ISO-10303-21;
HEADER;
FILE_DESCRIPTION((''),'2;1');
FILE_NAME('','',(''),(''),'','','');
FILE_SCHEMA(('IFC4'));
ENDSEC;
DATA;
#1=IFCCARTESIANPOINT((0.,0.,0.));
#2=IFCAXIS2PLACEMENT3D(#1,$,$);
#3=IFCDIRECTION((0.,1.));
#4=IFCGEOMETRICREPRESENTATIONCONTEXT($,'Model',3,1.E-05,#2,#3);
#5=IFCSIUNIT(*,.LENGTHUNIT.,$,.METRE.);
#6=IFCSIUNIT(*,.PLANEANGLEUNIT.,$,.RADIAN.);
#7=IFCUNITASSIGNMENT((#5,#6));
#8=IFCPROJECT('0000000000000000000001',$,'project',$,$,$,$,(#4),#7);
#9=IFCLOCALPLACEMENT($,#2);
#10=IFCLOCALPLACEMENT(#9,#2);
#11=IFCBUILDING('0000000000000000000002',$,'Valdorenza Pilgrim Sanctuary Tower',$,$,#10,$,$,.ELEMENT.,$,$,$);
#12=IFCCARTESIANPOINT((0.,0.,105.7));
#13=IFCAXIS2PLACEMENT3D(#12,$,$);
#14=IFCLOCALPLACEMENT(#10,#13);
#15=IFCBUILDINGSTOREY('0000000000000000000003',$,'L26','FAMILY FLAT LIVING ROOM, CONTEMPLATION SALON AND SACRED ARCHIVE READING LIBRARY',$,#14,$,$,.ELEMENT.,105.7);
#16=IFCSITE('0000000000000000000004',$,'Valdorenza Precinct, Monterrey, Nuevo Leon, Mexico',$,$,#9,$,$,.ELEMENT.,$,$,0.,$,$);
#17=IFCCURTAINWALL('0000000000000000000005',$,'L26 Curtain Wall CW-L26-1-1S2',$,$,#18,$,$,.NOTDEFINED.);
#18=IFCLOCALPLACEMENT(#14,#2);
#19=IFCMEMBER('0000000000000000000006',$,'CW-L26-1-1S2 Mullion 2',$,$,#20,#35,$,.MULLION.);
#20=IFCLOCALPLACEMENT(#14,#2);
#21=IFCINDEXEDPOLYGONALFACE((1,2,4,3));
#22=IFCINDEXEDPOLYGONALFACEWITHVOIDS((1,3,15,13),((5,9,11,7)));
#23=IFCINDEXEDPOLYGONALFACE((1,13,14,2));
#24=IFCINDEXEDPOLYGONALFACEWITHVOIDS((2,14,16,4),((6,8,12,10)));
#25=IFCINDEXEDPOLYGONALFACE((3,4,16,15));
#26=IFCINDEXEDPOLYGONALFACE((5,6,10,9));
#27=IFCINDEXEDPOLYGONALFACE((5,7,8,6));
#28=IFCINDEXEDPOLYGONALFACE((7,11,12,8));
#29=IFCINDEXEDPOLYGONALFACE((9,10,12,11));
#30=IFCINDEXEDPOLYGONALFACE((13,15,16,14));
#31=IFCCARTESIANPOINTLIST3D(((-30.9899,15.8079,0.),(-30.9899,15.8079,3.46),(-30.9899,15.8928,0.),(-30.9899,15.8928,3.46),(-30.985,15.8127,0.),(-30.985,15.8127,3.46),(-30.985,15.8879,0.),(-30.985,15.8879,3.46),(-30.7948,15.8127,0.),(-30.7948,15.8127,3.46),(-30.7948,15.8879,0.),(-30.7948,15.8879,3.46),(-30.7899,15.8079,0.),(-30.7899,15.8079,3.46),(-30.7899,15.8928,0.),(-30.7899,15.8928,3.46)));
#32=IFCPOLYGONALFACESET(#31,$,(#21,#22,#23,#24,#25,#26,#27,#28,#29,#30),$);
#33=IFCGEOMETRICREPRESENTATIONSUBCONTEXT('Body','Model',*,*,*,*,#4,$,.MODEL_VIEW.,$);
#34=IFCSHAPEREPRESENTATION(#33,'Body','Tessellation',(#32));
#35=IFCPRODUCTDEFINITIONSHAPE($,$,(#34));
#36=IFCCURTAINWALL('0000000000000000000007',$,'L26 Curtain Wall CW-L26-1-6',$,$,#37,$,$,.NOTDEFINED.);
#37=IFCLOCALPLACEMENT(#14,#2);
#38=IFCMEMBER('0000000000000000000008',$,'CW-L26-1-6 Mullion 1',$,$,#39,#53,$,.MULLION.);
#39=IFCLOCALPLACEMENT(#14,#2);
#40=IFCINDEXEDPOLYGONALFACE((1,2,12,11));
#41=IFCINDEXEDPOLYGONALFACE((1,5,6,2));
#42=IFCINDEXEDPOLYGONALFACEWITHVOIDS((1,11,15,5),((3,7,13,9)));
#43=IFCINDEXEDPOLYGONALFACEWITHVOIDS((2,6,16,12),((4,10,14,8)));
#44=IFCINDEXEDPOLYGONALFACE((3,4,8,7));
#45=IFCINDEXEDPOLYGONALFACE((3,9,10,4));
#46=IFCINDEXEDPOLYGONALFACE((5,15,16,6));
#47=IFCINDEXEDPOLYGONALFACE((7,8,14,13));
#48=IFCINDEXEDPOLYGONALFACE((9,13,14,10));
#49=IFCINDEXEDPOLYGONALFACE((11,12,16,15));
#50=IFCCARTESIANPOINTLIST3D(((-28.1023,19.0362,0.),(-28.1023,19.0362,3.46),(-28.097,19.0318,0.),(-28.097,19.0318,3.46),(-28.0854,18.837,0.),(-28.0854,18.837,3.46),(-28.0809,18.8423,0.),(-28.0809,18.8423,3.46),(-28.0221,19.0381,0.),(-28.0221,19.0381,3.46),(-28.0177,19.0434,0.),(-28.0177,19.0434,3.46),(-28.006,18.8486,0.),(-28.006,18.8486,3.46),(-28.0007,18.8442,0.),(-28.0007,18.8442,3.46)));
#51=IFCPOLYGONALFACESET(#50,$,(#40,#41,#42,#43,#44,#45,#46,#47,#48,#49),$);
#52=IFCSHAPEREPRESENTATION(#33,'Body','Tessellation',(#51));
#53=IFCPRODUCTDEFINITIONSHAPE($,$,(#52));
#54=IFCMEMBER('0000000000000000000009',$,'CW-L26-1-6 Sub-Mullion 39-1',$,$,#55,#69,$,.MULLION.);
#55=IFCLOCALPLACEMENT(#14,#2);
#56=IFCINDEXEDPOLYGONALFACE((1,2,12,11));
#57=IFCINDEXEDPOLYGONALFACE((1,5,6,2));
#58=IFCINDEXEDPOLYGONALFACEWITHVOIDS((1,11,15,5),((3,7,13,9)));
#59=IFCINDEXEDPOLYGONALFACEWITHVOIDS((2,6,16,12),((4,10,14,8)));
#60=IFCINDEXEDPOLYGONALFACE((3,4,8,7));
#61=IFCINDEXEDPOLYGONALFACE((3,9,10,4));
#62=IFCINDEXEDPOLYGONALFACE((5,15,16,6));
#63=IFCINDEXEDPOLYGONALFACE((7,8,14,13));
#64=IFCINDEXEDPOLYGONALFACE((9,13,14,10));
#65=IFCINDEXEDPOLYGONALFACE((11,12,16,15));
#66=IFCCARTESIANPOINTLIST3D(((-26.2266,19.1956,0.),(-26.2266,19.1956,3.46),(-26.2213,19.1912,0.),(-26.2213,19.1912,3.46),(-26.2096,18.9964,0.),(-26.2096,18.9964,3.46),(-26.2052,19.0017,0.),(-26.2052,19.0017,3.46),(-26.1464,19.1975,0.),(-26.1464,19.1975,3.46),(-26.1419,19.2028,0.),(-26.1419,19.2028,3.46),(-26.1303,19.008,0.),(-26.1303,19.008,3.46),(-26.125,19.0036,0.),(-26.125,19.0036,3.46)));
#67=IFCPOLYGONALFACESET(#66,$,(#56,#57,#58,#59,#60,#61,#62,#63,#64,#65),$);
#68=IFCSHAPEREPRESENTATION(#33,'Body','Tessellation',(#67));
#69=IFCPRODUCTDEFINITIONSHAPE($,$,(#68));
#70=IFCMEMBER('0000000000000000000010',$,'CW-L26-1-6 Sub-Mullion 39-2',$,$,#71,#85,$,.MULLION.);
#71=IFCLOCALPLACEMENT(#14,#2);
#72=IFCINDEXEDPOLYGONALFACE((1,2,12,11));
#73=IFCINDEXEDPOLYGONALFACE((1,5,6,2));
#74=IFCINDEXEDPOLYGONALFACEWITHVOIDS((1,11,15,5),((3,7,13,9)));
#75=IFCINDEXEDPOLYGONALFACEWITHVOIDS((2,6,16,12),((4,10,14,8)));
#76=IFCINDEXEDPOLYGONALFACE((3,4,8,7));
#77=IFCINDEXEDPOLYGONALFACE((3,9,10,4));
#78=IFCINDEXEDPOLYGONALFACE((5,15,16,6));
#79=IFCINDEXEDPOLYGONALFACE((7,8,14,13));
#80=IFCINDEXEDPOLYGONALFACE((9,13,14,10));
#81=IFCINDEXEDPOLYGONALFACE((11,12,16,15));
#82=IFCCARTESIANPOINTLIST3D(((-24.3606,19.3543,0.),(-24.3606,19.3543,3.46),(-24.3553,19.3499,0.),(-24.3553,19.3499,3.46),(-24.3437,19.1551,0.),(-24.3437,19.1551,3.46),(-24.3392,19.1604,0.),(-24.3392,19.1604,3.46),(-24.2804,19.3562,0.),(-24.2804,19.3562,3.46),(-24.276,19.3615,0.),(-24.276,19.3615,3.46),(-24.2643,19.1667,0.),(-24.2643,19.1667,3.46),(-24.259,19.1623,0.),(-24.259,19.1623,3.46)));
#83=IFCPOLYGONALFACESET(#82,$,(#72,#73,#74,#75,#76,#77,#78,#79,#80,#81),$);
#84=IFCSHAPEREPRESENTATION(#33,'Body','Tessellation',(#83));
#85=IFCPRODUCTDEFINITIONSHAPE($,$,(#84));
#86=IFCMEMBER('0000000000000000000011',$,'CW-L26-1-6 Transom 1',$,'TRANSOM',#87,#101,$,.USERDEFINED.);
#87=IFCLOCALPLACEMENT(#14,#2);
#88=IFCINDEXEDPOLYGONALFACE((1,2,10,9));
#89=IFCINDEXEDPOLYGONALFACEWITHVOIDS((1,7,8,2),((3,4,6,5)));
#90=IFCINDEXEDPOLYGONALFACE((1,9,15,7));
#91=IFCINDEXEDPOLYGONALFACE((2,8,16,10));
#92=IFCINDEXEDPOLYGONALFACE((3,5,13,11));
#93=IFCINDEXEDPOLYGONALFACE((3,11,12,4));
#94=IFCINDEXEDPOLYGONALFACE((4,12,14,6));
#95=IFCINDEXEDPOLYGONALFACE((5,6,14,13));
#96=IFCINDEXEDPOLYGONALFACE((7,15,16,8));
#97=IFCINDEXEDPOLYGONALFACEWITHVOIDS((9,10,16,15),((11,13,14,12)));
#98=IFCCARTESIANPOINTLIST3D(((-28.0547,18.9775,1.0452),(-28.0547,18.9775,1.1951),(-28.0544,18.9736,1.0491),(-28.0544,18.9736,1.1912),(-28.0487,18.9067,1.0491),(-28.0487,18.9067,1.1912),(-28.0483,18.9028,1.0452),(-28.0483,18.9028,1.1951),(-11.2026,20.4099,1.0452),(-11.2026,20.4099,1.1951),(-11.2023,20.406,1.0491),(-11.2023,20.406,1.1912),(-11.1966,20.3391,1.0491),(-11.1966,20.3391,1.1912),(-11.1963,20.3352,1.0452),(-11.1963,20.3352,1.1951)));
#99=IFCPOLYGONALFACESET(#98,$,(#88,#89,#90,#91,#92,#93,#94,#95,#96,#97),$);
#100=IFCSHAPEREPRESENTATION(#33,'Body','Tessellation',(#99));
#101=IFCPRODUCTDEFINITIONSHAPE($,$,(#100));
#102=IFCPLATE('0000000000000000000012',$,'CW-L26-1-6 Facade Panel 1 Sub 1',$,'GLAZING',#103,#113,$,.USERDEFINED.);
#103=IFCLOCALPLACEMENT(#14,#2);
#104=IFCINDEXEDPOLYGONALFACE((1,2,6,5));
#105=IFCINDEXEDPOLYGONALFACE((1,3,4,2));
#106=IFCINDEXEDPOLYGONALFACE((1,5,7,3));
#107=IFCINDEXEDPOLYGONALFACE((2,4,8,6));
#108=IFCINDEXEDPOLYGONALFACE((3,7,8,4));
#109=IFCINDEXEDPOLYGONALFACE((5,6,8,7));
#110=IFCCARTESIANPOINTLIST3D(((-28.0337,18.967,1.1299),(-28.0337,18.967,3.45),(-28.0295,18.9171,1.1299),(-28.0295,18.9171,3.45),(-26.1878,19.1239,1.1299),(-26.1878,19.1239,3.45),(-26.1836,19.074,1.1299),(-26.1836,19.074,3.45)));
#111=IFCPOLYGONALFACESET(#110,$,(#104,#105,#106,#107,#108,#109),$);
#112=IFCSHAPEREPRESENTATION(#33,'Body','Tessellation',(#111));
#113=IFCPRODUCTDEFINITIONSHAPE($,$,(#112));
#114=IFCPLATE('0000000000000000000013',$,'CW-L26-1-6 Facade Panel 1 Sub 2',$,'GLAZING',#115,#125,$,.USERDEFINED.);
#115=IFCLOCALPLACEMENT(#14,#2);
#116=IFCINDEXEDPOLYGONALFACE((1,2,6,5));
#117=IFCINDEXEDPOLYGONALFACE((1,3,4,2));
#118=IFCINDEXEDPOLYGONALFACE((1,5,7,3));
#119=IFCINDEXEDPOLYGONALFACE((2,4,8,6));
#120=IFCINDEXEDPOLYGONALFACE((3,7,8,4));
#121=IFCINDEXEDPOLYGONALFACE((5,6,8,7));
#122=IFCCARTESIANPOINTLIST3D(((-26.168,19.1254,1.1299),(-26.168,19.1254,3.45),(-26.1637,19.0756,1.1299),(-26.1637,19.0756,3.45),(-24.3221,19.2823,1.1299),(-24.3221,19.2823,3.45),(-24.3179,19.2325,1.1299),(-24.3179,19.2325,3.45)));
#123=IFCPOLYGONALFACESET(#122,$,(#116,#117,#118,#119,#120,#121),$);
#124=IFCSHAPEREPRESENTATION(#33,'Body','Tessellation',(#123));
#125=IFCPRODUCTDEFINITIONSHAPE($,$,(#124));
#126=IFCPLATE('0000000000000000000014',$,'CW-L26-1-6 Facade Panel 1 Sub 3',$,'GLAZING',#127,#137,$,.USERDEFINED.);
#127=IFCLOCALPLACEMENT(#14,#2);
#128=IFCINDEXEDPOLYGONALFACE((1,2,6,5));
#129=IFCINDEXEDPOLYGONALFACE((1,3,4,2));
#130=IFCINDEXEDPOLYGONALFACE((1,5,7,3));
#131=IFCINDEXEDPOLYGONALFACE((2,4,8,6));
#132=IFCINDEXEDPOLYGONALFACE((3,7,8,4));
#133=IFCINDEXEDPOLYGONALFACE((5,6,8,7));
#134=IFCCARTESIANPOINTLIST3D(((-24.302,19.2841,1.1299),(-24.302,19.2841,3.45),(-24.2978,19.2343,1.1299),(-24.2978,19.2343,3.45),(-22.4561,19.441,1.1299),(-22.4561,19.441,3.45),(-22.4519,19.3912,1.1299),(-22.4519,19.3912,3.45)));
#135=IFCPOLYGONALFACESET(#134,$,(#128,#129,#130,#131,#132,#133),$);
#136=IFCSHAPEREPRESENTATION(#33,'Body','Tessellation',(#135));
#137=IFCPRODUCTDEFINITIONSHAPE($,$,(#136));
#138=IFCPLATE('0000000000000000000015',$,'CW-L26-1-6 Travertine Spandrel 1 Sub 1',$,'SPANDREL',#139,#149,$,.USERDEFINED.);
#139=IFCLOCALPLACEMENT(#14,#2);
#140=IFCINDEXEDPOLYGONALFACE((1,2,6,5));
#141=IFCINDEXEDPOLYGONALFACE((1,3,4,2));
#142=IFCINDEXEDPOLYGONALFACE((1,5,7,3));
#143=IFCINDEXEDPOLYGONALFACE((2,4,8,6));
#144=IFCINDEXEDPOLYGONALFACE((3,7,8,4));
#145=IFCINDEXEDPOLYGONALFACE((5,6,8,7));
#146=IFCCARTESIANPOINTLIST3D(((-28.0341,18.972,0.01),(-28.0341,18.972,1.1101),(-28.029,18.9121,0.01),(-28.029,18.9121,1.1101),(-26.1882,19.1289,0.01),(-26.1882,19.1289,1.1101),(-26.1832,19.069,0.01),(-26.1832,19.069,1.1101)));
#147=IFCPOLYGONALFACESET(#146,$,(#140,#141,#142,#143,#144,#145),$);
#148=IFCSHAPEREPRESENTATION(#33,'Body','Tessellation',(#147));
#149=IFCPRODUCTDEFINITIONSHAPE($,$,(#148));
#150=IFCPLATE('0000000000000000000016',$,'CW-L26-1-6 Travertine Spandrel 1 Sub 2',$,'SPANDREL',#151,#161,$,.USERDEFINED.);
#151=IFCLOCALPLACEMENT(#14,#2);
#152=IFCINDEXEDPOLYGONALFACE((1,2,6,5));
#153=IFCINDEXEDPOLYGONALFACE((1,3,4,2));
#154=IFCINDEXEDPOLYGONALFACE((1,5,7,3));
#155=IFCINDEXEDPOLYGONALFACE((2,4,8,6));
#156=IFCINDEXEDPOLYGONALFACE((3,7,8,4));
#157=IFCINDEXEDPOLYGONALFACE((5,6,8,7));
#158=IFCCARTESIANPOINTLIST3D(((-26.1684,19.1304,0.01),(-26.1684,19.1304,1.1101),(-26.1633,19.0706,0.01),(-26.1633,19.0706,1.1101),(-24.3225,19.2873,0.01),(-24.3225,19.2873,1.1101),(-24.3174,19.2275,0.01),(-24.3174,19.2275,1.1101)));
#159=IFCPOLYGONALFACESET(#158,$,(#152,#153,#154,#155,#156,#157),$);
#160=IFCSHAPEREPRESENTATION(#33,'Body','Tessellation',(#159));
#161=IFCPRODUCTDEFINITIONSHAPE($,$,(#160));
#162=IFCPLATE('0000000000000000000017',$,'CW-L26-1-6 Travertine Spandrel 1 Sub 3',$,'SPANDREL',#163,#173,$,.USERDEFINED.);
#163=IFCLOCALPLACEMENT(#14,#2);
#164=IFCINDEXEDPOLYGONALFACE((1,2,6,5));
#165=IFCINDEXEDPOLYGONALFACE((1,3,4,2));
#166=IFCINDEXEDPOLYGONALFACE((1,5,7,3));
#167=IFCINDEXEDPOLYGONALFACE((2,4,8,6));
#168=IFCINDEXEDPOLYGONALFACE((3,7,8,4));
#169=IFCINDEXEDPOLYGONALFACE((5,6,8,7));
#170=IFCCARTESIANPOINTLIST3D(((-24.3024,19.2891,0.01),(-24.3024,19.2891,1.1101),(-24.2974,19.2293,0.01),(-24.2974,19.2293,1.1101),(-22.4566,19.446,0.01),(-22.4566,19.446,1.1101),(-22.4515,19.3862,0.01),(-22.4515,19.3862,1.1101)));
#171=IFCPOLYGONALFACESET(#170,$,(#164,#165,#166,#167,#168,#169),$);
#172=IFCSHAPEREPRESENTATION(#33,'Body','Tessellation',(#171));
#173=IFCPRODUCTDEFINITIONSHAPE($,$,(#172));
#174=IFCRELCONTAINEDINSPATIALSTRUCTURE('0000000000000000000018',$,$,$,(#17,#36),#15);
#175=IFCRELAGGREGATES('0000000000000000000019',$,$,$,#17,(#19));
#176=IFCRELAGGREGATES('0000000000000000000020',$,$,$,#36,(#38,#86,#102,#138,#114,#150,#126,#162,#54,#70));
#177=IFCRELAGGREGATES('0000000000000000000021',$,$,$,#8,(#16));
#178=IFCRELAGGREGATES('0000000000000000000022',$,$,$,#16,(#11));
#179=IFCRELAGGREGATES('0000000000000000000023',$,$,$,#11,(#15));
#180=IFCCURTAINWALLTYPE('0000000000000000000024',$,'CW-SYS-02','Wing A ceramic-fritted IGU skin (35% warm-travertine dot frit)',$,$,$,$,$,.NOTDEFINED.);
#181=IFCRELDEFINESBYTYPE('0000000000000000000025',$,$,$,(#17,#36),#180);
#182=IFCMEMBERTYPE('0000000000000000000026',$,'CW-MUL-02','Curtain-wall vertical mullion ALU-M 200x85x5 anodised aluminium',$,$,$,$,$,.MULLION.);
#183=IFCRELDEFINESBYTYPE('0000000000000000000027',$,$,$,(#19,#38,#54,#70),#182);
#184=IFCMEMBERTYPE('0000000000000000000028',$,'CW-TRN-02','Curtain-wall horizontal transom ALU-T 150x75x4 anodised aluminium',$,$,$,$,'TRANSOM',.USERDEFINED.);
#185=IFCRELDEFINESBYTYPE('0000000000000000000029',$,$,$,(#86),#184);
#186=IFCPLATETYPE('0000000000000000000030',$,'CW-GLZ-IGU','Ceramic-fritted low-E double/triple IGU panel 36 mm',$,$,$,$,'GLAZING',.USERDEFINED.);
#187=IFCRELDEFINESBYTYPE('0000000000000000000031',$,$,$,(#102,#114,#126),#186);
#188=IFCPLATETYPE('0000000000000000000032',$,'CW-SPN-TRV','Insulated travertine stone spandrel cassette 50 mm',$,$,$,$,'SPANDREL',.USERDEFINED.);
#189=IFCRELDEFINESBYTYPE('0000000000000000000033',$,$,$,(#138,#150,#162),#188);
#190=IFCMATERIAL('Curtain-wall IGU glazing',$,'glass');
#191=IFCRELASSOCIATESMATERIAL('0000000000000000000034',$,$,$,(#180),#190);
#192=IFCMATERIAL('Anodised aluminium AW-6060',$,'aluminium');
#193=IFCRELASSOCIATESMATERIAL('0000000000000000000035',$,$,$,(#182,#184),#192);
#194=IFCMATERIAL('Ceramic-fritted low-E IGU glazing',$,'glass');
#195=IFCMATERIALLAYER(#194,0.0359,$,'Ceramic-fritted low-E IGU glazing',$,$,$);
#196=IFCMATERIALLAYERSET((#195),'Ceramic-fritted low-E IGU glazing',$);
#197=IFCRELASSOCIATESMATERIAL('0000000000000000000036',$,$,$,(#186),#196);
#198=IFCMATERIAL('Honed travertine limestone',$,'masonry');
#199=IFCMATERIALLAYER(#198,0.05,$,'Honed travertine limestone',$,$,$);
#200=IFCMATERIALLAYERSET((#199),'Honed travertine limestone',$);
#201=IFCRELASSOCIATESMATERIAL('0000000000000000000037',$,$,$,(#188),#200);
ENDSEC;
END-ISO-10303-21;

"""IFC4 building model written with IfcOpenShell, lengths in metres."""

from ifc_helpers import new_model, si_unit, direction, frame, origin, origin_2d, place, context, subcontext, project, spatial, rectangle, hollow_rectangle, extrude, source, transform, mapped, material, layer, layer_set, material_profile, profile_set, type_object, element, aggregate, save


model = new_model("IFC4")

# Units and contexts
model_context = context("Model", 3, precision=1e-05, world=origin(), true_north=direction((0.0, 1.0)))
body_context = subcontext(model_context, "Body", "Model", "MODEL_VIEW")
ifc_project = project(units=[si_unit("LENGTHUNIT", "METRE"), si_unit("PLANEANGLEUNIT", "RADIAN")], contexts=[model_context])

# Site, building, storey
site_placement = place(None, origin())
site = spatial("IfcSite", under=ifc_project, at=site_placement, Name="Valdorenza Precinct, Monterrey, Nuevo Leon, Mexico", CompositionType="ELEMENT", RefElevation=0.0)
building_placement = place(site_placement, origin())
building = spatial("IfcBuilding", under=site, at=building_placement, Name="Valdorenza Pilgrim Sanctuary Tower", CompositionType="ELEMENT")
storey_placement = place(building_placement, frame((0.0, 0.0, 105.7)))
storey = spatial("IfcBuildingStorey", under=building, at=storey_placement, Name="L26", Description="FAMILY FLAT LIVING ROOM, CONTEMPLATION SALON AND SACRED ARCHIVE READING LIBRARY", CompositionType="ELEMENT", Elevation=105.7)

# Curtain wall, member
ifc_material_1 = material(Name="Curtain-wall IGU glazing", Category="glass")
curtain_wall_type = type_object("IfcCurtainWallType", Name="CW-SYS-02", Description="Wing A ceramic-fritted IGU skin (35% warm-travertine dot frit)", PredefinedType="NOTDEFINED", material=ifc_material_1)
curtain_wall_1_placement = place(storey_placement, origin())
curtain_wall_1 = element("IfcCurtainWall", 1, at=curtain_wall_1_placement, inside=storey, type_object=curtain_wall_type, Name="L26 Curtain Wall CW-L26-1-1S2", PredefinedType="NOTDEFINED")
ifc_material_2 = material(Name="Anodised aluminium AW-6060", Category="aluminium")
ifc_material_profile_1 = material_profile(ifc_material_2, hollow_rectangle(XDim=0.085, YDim=0.2, WallThickness=0.0049, at=origin_2d()), Name="ALU-M 200x85x5")
ifc_profile_set_1 = profile_set([ifc_material_profile_1], Name="Anodised aluminium AW-6060")
member_type_1 = type_object("IfcMemberType", Name="CW-MUL-02", Description="Curtain-wall vertical mullion ALU-M 200x85x5 anodised aluminium", PredefinedType="MULLION", material=ifc_profile_set_1)
shared_shape_1 = source(origin(), body_context, "Body", "SweptSolid", [
    extrude(hollow_rectangle(XDim=0.085, YDim=0.2, WallThickness=0.0049, at=origin_2d()), origin(), (0.0, 0.0, 1.0), 3.46),
])
member_1_placement = place(storey_placement, frame((-30.8899, 15.8503, 0.0), z_axis=(0.0, 0.0, 1.0), x_axis=(0.0, 1.0, 0.0)))
member_1 = element("IfcMember", 2, at=member_1_placement, type_object=member_type_1, Name="CW-L26-1-1S2 Mullion 2", PredefinedType="MULLION", context=body_context, shape_type="MappedRepresentation", body=[
    mapped(shared_shape_1, transform((0.0, 0.0, 0.0), x_axis=(1.0, 0.0, 0.0), y_axis=(0.0, 1.0, 0.0), z_axis=(0.0, 0.0, 1.0), scale=1.0)),
])
aggregate(curtain_wall_1, [member_1])

# Curtain wall, members, plates
curtain_wall_2_placement = place(storey_placement, origin())
curtain_wall_2 = element("IfcCurtainWall", 3, at=curtain_wall_2_placement, inside=storey, type_object=curtain_wall_type, Name="L26 Curtain Wall CW-L26-1-6", PredefinedType="NOTDEFINED")
member_2_placement = place(storey_placement, frame((-28.0515, 18.9402, 0.0), z_axis=(0.0, 0.0, 1.0), x_axis=(0.996408, 0.084687, 0.0)))
member_2 = element("IfcMember", 4, at=member_2_placement, type_object=member_type_1, Name="CW-L26-1-6 Mullion 1", PredefinedType="MULLION", context=body_context, shape_type="MappedRepresentation", body=[
    mapped(shared_shape_1, transform((0.0, 0.0, 0.0), x_axis=(1.0, 0.0, 0.0), y_axis=(0.0, 1.0, 0.0), z_axis=(0.0, 0.0, 1.0), scale=1.0)),
])
member_3_placement = place(storey_placement, frame((-26.1758, 19.0996, 0.0), z_axis=(0.0, 0.0, 1.0), x_axis=(0.996408, 0.084687, 0.0)))
member_3 = element("IfcMember", 5, at=member_3_placement, type_object=member_type_1, Name="CW-L26-1-6 Sub-Mullion 39-1", PredefinedType="MULLION", context=body_context, shape_type="MappedRepresentation", body=[
    mapped(shared_shape_1, transform((0.0, 0.0, 0.0), x_axis=(1.0, 0.0, 0.0), y_axis=(0.0, 1.0, 0.0), z_axis=(0.0, 0.0, 1.0), scale=1.0)),
])
member_4_placement = place(storey_placement, frame((-24.3098, 19.2583, 0.0), z_axis=(0.0, 0.0, 1.0), x_axis=(0.996408, 0.084687, 0.0)))
member_4 = element("IfcMember", 6, at=member_4_placement, type_object=member_type_1, Name="CW-L26-1-6 Sub-Mullion 39-2", PredefinedType="MULLION", context=body_context, shape_type="MappedRepresentation", body=[
    mapped(shared_shape_1, transform((0.0, 0.0, 0.0), x_axis=(1.0, 0.0, 0.0), y_axis=(0.0, 1.0, 0.0), z_axis=(0.0, 0.0, 1.0), scale=1.0)),
])
ifc_material_profile_2 = material_profile(ifc_material_2, hollow_rectangle(XDim=0.075, YDim=0.1499, WallThickness=0.0039, at=origin_2d()), Name="ALU-T 150x75x4")
ifc_profile_set_2 = profile_set([ifc_material_profile_2], Name="Anodised aluminium AW-6060")
member_type_2 = type_object("IfcMemberType", Name="CW-TRN-02", Description="Curtain-wall horizontal transom ALU-T 150x75x4 anodised aluminium", ElementType="TRANSOM", PredefinedType="USERDEFINED", material=ifc_profile_set_2)
shared_shape_2 = source(origin(), body_context, "Body", "SweptSolid", [
    extrude(hollow_rectangle(XDim=0.075, YDim=0.1499, WallThickness=0.0039, at=origin_2d()), origin(), (0.0, 0.0, 1.0), 16.9128),
])
member_5_placement = place(storey_placement, frame((-28.0515, 18.9402, 1.1201), z_axis=(0.996407, 0.084692, 0.0), x_axis=(-0.084692, 0.996407, 0.0)))
member_5 = element("IfcMember", 7, at=member_5_placement, type_object=member_type_2, Name="CW-L26-1-6 Transom 1", ObjectType="TRANSOM", PredefinedType="USERDEFINED", context=body_context, shape_type="MappedRepresentation", body=[
    mapped(shared_shape_2, transform((0.0, 0.0, 0.0), x_axis=(1.0, 0.0, 0.0), y_axis=(0.0, 1.0, 0.0), z_axis=(0.0, 0.0, 1.0), scale=1.0)),
])
ifc_material_3 = material(Name="Ceramic-fritted low-E IGU glazing", Category="glass")
ifc_layer_1 = layer(ifc_material_3, 0.0359, Name="Ceramic-fritted low-E IGU glazing")
ifc_layer_set_1 = layer_set([ifc_layer_1], Name="Ceramic-fritted low-E IGU glazing")
plate_type_1 = type_object("IfcPlateType", Name="CW-GLZ-IGU", Description="Ceramic-fritted low-E double/triple IGU panel 36 mm", ElementType="GLAZING", PredefinedType="USERDEFINED", material=ifc_layer_set_1)
shared_shape_3 = source(origin(), body_context, "Body", "SweptSolid", [
    extrude(rectangle(XDim=1.8525, YDim=0.05, at=origin_2d()), origin(), (0.0, 0.0, 1.0), 2.3201),
])
plate_1_placement = place(storey_placement, frame((-27.1086, 19.0205, 1.1299), z_axis=(0.0, 0.0, 1.0), x_axis=(0.996408, 0.084687, 0.0)))
plate_1 = element("IfcPlate", 8, at=plate_1_placement, type_object=plate_type_1, Name="CW-L26-1-6 Facade Panel 1 Sub 1", ObjectType="GLAZING", PredefinedType="USERDEFINED", context=body_context, shape_type="MappedRepresentation", body=[
    mapped(shared_shape_3, transform((0.0, 0.0, 0.0), x_axis=(1.0, 0.0, 0.0), y_axis=(0.0, 1.0, 0.0), z_axis=(0.0, 0.0, 1.0), scale=1.0)),
])
plate_2_placement = place(storey_placement, frame((-25.2429, 19.179, 1.1299), z_axis=(0.0, 0.0, 1.0), x_axis=(0.996408, 0.084687, 0.0)))
plate_2 = element("IfcPlate", 9, at=plate_2_placement, type_object=plate_type_1, Name="CW-L26-1-6 Facade Panel 1 Sub 2", ObjectType="GLAZING", PredefinedType="USERDEFINED", context=body_context, shape_type="MappedRepresentation", body=[
    mapped(shared_shape_3, transform((0.0, 0.0, 0.0), x_axis=(1.0, 0.0, 0.0), y_axis=(0.0, 1.0, 0.0), z_axis=(0.0, 0.0, 1.0), scale=1.0)),
])
plate_3_placement = place(storey_placement, frame((-23.377, 19.3376, 1.1299), z_axis=(0.0, 0.0, 1.0), x_axis=(0.996408, 0.084687, 0.0)))
plate_3 = element("IfcPlate", 10, at=plate_3_placement, type_object=plate_type_1, Name="CW-L26-1-6 Facade Panel 1 Sub 3", ObjectType="GLAZING", PredefinedType="USERDEFINED", context=body_context, shape_type="MappedRepresentation", body=[
    mapped(shared_shape_3, transform((0.0, 0.0, 0.0), x_axis=(1.0, 0.0, 0.0), y_axis=(0.0, 1.0, 0.0), z_axis=(0.0, 0.0, 1.0), scale=1.0)),
])
ifc_material_4 = material(Name="Honed travertine limestone", Category="masonry")
ifc_layer_2 = layer(ifc_material_4, 0.05, Name="Honed travertine limestone")
ifc_layer_set_2 = layer_set([ifc_layer_2], Name="Honed travertine limestone")
plate_type_2 = type_object("IfcPlateType", Name="CW-SPN-TRV", Description="Insulated travertine stone spandrel cassette 50 mm", ElementType="SPANDREL", PredefinedType="USERDEFINED", material=ifc_layer_set_2)
shared_shape_4 = source(origin(), body_context, "Body", "SweptSolid", [
    extrude(rectangle(XDim=1.8525, YDim=0.0601, at=origin_2d()), origin(), (0.0, 0.0, 1.0), 1.1001),
])
plate_4_placement = place(storey_placement, frame((-27.1086, 19.0205, 0.01), z_axis=(0.0, 0.0, 1.0), x_axis=(0.996408, 0.084687, 0.0)))
plate_4 = element("IfcPlate", 11, at=plate_4_placement, type_object=plate_type_2, Name="CW-L26-1-6 Travertine Spandrel 1 Sub 1", ObjectType="SPANDREL", PredefinedType="USERDEFINED", context=body_context, shape_type="MappedRepresentation", body=[
    mapped(shared_shape_4, transform((0.0, 0.0, 0.0), x_axis=(1.0, 0.0, 0.0), y_axis=(0.0, 1.0, 0.0), z_axis=(0.0, 0.0, 1.0), scale=1.0)),
])
plate_5_placement = place(storey_placement, frame((-25.2429, 19.179, 0.01), z_axis=(0.0, 0.0, 1.0), x_axis=(0.996408, 0.084687, 0.0)))
plate_5 = element("IfcPlate", 12, at=plate_5_placement, type_object=plate_type_2, Name="CW-L26-1-6 Travertine Spandrel 1 Sub 2", ObjectType="SPANDREL", PredefinedType="USERDEFINED", context=body_context, shape_type="MappedRepresentation", body=[
    mapped(shared_shape_4, transform((0.0, 0.0, 0.0), x_axis=(1.0, 0.0, 0.0), y_axis=(0.0, 1.0, 0.0), z_axis=(0.0, 0.0, 1.0), scale=1.0)),
])
plate_6_placement = place(storey_placement, frame((-23.377, 19.3376, 0.01), z_axis=(0.0, 0.0, 1.0), x_axis=(0.996408, 0.084687, 0.0)))
plate_6 = element("IfcPlate", 13, at=plate_6_placement, type_object=plate_type_2, Name="CW-L26-1-6 Travertine Spandrel 1 Sub 3", ObjectType="SPANDREL", PredefinedType="USERDEFINED", context=body_context, shape_type="MappedRepresentation", body=[
    mapped(shared_shape_4, transform((0.0, 0.0, 0.0), x_axis=(1.0, 0.0, 0.0), y_axis=(0.0, 1.0, 0.0), z_axis=(0.0, 0.0, 1.0), scale=1.0)),
])
aggregate(curtain_wall_2, [member_2, member_5, plate_1, plate_4, plate_2, plate_5, plate_3, plate_6, member_3, member_4])

save(model, "model.ifc")
